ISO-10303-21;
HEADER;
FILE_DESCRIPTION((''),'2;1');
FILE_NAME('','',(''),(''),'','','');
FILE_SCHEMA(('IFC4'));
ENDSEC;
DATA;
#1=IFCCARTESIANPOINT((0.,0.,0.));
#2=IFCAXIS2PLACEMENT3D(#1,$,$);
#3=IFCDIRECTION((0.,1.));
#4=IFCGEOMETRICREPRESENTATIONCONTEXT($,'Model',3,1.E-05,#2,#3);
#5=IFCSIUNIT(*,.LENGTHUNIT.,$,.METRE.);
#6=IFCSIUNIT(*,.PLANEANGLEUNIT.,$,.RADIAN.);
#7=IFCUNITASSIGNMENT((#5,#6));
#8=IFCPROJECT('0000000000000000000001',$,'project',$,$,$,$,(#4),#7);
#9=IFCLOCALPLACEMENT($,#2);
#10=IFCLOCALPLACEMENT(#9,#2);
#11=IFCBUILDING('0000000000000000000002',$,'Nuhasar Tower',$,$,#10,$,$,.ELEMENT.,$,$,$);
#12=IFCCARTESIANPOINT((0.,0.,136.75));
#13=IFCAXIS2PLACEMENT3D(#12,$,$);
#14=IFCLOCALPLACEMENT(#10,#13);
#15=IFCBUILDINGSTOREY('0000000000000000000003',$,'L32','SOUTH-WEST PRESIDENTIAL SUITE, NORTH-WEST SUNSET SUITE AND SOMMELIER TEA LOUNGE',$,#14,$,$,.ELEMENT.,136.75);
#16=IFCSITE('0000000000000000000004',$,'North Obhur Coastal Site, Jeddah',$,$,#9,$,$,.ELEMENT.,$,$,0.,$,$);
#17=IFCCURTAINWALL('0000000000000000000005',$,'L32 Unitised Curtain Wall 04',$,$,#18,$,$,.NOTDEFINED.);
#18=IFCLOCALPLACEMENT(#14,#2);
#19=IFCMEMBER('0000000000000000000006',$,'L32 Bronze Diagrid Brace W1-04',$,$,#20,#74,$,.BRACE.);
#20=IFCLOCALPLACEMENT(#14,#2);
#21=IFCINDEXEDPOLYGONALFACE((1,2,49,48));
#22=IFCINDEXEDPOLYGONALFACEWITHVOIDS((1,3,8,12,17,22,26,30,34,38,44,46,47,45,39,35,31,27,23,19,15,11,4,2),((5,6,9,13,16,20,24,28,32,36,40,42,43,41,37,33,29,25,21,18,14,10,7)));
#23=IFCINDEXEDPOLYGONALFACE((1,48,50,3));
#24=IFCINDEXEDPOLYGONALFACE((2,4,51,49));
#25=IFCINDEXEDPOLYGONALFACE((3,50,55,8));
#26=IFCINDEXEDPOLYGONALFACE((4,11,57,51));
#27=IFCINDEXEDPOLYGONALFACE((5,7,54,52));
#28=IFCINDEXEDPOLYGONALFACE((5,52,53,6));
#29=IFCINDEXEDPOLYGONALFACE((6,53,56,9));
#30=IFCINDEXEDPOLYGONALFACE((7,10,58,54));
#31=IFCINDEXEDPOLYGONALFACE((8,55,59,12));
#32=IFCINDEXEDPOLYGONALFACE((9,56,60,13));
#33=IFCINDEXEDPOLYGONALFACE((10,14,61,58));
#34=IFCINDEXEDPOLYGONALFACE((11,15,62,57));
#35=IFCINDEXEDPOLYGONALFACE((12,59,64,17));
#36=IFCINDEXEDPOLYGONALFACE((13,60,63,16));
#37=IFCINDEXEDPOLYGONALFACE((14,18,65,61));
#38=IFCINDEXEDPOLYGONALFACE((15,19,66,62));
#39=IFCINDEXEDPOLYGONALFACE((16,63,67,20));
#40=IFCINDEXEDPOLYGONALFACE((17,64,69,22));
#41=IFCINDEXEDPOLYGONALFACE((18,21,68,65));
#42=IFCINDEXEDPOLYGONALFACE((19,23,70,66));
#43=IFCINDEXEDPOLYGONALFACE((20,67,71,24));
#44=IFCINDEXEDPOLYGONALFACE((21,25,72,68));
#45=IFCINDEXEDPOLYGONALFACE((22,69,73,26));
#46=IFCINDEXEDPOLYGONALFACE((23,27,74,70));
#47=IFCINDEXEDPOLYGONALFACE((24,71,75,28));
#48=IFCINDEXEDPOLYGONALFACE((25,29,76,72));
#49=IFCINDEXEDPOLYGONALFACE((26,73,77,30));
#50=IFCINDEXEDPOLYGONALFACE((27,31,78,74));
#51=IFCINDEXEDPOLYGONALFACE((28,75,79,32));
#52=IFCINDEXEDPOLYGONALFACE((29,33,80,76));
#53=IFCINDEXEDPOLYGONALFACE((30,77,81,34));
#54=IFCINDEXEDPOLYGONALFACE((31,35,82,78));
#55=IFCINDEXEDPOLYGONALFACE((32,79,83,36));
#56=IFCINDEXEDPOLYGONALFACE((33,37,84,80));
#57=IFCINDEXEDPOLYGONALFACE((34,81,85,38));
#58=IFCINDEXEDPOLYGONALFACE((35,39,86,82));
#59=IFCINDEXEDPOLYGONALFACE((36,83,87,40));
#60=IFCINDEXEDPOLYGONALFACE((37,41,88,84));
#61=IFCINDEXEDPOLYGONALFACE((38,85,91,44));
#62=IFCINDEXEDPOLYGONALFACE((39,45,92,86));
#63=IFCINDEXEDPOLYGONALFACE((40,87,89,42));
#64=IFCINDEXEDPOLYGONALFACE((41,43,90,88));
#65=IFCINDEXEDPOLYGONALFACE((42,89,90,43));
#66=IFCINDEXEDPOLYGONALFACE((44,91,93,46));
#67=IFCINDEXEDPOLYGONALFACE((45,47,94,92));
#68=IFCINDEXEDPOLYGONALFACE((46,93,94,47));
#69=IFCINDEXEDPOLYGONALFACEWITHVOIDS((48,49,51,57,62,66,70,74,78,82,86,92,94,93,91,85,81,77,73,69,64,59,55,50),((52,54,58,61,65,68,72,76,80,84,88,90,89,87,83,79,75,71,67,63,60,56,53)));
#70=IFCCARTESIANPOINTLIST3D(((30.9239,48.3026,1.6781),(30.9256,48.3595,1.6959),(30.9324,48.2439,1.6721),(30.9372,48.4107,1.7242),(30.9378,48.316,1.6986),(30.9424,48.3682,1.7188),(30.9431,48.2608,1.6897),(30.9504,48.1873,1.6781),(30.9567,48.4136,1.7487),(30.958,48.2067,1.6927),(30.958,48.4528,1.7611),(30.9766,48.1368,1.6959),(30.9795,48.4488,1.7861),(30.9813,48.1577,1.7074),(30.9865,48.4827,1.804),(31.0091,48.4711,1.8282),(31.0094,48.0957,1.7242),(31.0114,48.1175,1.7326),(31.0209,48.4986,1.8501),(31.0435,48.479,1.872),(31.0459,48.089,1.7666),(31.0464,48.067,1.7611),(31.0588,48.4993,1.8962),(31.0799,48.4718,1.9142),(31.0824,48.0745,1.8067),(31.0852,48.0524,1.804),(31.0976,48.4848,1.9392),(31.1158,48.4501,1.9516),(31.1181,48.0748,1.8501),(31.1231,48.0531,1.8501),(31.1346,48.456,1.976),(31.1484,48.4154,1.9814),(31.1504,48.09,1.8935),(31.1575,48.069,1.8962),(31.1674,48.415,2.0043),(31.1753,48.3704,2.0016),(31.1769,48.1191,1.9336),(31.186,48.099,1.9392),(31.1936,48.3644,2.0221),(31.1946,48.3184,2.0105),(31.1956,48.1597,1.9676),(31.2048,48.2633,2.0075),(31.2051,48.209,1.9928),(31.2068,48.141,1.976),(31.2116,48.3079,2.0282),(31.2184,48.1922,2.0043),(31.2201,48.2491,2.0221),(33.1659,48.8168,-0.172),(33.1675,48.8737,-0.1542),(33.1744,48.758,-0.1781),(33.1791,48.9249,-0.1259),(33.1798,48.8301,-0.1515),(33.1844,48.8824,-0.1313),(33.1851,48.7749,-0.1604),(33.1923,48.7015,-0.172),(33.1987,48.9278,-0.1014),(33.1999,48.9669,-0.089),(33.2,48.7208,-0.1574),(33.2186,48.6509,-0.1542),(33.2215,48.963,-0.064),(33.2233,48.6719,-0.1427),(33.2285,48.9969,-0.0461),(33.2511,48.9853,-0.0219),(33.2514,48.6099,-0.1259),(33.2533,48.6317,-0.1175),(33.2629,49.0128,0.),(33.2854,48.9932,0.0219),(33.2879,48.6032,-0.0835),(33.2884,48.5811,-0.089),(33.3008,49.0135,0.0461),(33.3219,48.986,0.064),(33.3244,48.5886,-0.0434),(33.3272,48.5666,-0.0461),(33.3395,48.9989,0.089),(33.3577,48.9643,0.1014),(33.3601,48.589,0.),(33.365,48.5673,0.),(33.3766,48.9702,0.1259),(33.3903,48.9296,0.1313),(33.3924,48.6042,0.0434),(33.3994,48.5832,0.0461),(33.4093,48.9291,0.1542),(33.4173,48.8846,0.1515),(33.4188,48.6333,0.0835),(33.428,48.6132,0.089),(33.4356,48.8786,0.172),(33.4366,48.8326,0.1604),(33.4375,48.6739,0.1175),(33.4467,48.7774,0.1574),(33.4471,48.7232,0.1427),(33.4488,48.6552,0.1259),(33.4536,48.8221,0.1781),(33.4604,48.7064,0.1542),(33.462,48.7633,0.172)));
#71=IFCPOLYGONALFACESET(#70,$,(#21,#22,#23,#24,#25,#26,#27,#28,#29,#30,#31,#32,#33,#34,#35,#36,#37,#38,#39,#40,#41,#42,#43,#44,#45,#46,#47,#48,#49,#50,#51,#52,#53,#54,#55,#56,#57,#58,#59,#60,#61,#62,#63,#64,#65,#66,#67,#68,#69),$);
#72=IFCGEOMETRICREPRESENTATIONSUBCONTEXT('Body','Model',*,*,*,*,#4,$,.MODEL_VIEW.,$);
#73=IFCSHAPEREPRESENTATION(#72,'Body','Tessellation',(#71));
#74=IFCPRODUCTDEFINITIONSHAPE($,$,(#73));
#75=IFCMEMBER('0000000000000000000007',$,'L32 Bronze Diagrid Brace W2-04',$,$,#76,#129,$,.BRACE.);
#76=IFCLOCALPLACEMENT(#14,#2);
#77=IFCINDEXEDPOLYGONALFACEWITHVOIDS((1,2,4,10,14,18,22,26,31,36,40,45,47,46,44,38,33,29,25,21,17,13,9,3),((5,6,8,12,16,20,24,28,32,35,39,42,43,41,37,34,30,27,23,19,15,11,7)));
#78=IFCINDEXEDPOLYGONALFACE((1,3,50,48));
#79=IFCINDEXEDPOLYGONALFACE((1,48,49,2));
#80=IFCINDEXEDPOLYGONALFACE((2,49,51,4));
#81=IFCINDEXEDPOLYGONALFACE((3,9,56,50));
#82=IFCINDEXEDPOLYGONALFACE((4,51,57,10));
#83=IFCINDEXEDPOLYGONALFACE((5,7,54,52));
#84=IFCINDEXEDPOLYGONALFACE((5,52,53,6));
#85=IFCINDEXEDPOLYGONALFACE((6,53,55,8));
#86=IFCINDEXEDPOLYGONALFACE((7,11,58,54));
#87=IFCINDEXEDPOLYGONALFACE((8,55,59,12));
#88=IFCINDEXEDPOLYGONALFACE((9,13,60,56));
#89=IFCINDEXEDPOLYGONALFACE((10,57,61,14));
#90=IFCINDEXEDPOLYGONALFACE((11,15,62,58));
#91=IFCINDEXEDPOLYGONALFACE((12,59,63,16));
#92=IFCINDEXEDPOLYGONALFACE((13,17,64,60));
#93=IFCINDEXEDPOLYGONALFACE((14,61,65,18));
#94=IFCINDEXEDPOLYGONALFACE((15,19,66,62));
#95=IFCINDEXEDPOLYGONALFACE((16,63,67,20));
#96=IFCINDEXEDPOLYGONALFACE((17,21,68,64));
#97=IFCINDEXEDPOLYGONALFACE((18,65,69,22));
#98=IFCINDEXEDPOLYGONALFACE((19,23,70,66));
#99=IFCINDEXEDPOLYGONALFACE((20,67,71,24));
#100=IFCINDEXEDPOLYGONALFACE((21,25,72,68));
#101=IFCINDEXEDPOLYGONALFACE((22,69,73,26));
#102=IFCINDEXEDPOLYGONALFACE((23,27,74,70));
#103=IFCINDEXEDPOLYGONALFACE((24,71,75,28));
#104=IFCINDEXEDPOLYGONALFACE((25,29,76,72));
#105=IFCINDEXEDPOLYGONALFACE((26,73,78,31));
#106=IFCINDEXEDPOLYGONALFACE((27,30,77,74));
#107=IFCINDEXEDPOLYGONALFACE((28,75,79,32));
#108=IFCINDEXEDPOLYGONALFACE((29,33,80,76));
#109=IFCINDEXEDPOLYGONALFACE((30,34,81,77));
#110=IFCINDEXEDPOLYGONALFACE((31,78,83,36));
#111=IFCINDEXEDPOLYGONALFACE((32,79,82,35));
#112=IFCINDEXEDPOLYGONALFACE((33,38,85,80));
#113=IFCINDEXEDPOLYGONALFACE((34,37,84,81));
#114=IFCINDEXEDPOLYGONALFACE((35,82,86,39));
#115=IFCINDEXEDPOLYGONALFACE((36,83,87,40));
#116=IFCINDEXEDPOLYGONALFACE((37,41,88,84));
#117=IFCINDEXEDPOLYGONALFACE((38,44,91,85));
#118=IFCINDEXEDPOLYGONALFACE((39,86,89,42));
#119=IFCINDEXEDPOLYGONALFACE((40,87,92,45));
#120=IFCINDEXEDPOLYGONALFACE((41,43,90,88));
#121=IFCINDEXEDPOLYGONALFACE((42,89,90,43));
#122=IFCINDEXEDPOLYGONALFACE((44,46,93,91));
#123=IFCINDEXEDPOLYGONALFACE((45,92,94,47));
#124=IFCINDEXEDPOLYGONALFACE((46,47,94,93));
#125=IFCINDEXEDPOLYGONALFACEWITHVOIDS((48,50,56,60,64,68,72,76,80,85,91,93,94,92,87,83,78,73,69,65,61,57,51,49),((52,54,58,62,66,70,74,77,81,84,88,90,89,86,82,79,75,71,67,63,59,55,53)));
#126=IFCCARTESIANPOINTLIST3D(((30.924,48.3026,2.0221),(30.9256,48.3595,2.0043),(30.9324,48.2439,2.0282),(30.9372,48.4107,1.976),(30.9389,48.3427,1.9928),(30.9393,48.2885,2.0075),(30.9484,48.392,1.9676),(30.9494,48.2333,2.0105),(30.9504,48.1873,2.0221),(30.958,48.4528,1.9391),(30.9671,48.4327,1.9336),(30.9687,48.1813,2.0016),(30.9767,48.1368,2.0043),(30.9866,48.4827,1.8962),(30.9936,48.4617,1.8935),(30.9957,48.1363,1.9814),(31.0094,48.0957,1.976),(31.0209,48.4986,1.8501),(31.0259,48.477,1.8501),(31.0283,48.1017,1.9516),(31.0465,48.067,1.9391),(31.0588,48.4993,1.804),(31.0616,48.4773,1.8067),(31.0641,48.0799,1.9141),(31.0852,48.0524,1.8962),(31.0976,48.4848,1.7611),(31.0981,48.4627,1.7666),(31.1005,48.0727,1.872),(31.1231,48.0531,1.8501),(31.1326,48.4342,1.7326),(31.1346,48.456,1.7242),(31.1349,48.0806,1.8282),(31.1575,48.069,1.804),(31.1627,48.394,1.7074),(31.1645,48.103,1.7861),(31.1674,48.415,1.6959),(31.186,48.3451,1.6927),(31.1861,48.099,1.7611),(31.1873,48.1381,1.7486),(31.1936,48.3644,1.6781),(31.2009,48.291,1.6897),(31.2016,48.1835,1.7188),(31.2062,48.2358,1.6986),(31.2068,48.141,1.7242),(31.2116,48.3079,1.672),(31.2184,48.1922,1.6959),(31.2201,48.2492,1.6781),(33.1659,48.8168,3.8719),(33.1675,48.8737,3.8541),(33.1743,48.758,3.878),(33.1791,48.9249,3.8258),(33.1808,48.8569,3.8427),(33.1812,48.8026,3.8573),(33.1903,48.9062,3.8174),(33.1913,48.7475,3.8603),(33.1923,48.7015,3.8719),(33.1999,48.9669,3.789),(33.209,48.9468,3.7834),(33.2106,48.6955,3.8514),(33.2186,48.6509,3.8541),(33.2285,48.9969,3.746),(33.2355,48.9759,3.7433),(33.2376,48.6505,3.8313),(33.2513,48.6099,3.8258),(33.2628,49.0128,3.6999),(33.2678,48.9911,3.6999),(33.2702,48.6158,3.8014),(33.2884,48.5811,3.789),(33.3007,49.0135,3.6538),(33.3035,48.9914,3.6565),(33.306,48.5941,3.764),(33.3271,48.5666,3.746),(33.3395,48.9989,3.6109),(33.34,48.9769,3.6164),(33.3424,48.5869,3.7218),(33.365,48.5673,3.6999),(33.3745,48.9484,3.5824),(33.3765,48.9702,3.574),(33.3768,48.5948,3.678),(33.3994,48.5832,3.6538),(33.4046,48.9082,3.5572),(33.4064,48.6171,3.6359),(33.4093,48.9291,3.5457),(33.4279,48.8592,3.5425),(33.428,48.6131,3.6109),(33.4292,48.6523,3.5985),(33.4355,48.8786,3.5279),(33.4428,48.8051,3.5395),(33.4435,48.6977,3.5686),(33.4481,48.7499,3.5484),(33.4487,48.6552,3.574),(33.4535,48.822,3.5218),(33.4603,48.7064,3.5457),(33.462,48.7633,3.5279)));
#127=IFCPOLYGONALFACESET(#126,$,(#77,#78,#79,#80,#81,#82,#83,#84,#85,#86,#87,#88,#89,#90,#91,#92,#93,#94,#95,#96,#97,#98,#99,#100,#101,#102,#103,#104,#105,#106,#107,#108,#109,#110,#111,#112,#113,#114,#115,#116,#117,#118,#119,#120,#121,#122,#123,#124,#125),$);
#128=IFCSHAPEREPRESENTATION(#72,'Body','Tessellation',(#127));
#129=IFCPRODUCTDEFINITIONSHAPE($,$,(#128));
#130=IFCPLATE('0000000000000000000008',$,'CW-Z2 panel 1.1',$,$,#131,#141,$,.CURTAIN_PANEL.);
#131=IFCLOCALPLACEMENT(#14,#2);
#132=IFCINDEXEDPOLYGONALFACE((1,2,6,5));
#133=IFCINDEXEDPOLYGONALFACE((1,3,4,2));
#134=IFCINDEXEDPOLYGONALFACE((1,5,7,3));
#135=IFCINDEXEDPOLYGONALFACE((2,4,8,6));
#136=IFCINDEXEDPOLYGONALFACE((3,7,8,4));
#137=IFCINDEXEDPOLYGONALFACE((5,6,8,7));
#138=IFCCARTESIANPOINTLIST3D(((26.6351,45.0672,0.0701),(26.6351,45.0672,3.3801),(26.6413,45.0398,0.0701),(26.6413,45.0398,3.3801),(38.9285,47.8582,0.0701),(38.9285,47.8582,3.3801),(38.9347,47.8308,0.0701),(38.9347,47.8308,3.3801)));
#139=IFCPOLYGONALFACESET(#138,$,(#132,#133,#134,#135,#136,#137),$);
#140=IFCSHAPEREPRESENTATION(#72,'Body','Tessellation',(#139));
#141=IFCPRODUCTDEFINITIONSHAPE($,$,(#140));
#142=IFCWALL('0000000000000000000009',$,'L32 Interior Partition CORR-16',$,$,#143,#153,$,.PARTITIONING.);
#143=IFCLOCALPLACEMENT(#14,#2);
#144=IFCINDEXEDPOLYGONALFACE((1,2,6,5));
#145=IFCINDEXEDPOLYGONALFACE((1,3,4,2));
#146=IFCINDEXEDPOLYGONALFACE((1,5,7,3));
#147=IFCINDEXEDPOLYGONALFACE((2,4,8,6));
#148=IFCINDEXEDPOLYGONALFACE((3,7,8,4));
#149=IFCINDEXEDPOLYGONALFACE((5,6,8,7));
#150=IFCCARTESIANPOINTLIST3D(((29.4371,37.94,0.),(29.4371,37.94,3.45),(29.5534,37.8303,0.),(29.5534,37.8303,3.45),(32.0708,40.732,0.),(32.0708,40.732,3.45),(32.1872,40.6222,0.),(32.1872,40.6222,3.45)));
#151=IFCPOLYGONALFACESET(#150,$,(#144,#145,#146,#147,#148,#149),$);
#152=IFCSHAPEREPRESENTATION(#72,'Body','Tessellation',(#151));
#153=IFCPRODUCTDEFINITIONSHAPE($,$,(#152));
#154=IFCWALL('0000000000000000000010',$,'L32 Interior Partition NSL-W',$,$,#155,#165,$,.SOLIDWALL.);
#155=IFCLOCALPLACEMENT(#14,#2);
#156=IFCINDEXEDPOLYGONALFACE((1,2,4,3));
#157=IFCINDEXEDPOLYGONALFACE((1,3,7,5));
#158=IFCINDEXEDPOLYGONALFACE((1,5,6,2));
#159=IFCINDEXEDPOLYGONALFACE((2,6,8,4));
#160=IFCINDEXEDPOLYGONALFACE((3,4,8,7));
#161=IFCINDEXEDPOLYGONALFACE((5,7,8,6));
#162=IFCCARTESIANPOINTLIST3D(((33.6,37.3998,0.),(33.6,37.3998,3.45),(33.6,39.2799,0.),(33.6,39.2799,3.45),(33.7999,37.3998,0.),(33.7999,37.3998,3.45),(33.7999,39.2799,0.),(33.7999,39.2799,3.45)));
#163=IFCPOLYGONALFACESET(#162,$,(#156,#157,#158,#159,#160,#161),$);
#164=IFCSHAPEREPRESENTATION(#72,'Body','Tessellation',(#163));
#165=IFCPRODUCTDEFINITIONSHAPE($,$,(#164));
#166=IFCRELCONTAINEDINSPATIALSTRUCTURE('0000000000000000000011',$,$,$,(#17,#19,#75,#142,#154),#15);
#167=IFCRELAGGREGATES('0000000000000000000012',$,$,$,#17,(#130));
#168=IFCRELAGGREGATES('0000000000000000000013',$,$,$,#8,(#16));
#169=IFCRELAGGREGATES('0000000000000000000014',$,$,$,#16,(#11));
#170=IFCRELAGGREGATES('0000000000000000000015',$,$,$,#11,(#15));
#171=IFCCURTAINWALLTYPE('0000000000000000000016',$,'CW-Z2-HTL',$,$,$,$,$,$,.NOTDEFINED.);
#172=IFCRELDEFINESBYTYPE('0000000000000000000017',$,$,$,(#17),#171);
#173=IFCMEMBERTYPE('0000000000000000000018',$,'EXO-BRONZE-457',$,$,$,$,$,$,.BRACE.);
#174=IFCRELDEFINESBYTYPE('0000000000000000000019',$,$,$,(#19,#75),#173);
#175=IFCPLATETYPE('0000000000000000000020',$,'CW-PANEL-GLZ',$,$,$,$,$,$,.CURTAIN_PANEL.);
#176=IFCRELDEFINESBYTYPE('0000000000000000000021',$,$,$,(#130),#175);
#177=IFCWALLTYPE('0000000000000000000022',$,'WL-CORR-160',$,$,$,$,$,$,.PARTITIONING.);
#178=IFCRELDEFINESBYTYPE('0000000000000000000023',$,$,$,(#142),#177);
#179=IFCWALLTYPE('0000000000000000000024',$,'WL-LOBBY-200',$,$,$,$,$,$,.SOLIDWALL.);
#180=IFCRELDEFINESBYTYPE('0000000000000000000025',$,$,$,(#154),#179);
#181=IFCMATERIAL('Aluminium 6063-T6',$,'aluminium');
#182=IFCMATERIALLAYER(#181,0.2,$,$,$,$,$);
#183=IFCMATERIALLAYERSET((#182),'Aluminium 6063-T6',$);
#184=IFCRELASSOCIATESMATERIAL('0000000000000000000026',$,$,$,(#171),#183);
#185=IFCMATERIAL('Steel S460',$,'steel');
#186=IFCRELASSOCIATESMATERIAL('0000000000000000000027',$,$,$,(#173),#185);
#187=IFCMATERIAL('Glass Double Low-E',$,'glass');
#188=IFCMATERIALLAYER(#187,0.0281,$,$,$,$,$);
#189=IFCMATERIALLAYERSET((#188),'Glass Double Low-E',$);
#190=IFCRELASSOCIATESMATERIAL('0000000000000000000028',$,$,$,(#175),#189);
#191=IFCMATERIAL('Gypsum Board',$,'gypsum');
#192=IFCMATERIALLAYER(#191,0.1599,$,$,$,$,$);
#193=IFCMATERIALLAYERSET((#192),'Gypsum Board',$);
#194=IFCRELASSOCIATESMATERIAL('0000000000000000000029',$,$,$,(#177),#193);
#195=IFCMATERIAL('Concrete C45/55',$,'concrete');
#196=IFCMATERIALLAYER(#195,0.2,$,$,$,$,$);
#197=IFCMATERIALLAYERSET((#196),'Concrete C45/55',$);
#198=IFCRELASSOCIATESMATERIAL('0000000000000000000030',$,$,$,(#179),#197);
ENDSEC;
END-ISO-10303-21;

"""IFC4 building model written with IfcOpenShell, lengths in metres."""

from ifc_helpers import new_model, si_unit, direction, frame, frame_2d, origin, origin_2d, place, context, subcontext, project, spatial, rectangle, hollow_circle, extrude, material, layer, layer_set, material_profile, profile_set, type_object, element, aggregate, save


model = new_model("IFC4")

# Units and contexts
model_context = context("Model", 3, precision=1e-05, world=origin(), true_north=direction((0.0, 1.0)))
body_context = subcontext(model_context, "Body", "Model", "MODEL_VIEW")
ifc_project = project(units=[si_unit("LENGTHUNIT", "METRE"), si_unit("PLANEANGLEUNIT", "RADIAN")], contexts=[model_context])

# Site, building, storey
site_placement = place(None, origin())
site = spatial("IfcSite", under=ifc_project, at=site_placement, Name="North Obhur Coastal Site, Jeddah", CompositionType="ELEMENT", RefElevation=0.0)
building_placement = place(site_placement, origin())
building = spatial("IfcBuilding", under=site, at=building_placement, Name="Nuhasar Tower", CompositionType="ELEMENT")
storey_placement = place(building_placement, frame((0.0, 0.0, 136.75)))
storey = spatial("IfcBuildingStorey", under=building, at=storey_placement, Name="L32", Description="SOUTH-WEST PRESIDENTIAL SUITE, NORTH-WEST SUNSET SUITE AND SOMMELIER TEA LOUNGE", CompositionType="ELEMENT", Elevation=136.75)

# Curtain wall
ifc_material_1 = material(Name="Aluminium 6063-T6", Category="aluminium")
ifc_layer_1 = layer(ifc_material_1, 0.2)
ifc_layer_set_1 = layer_set([ifc_layer_1], Name="Aluminium 6063-T6")
curtain_wall_type = type_object("IfcCurtainWallType", Name="CW-Z2-HTL", PredefinedType="NOTDEFINED", material=ifc_layer_set_1)
curtain_wall_placement = place(storey_placement, origin())
curtain_wall = element("IfcCurtainWall", 1, at=curtain_wall_placement, inside=storey, type_object=curtain_wall_type, Name="L32 Unitised Curtain Wall 04", PredefinedType="NOTDEFINED")

# Members
ifc_material_2 = material(Name="Steel S460", Category="steel")
ifc_material_profile_1 = material_profile(ifc_material_2, hollow_circle(Radius=0.2285, WallThickness=0.0222, at=origin_2d()), Name="HSS457X22.2")
ifc_profile_set_1 = profile_set([ifc_material_profile_1], Name="Steel S460")
member_type_1 = type_object("IfcMemberType", Name="EXO-BRONZE-457", PredefinedType="BRACE", material=ifc_profile_set_1)
member_1_placement = place(storey_placement, frame((33.314, 48.79, 0.0), z_axis=(-0.7595, -0.174181, 0.626755), x_axis=(0.223534, -0.974696, 0.0)))
element("IfcMember", 2, at=member_1_placement, inside=storey, type_object=member_type_1, Name="L32 Bronze Diagrid Brace W1-04", PredefinedType="BRACE", context=body_context, shape_type="SweptSolid", body=[
    extrude(hollow_circle(Radius=0.2285, WallThickness=0.0222, at=origin_2d()), origin(), (0.0, 0.0, 1.0), 2.9519),
])
member_2_placement = place(storey_placement, frame((31.072, 48.2759, 1.8501), z_axis=(0.759539, 0.17419, 0.626704), x_axis=(-0.223534, 0.974696, 0.0)))
element("IfcMember", 3, at=member_2_placement, inside=storey, type_object=member_type_1, Name="L32 Bronze Diagrid Brace W2-04", PredefinedType="BRACE", context=body_context, shape_type="SweptSolid", body=[
    extrude(hollow_circle(Radius=0.2285, WallThickness=0.0222, at=origin_2d()), origin(), (0.0, 0.0, 1.0), 2.9517),
])

# Plate
ifc_material_3 = material(Name="Glass Double Low-E", Category="glass")
ifc_layer_2 = layer(ifc_material_3, 0.0281)
ifc_layer_set_2 = layer_set([ifc_layer_2], Name="Glass Double Low-E")
plate_type = type_object("IfcPlateType", Name="CW-PANEL-GLZ", PredefinedType="CURTAIN_PANEL", material=ifc_layer_set_2)
plate_placement = place(storey_placement, frame((32.7849, 46.449, 0.0701), z_axis=(0.0, 0.0, 1.0), x_axis=(-0.975184, -0.221397, 0.0)))
plate = element("IfcPlate", 4, at=plate_placement, type_object=plate_type, Name="CW-Z2 panel 1.1", PredefinedType="CURTAIN_PANEL", context=body_context, shape_type="SweptSolid", body=[
    extrude(rectangle(XDim=12.6062, YDim=0.0281, at=origin_2d()), origin(), (0.0, 0.0, 1.0), 3.3101),
])
aggregate(curtain_wall, [plate])

# Shared definitions
ifc_material_4 = material(Name="Gypsum Board", Category="gypsum")
ifc_layer_3 = layer(ifc_material_4, 0.1599)
ifc_layer_set_3 = layer_set([ifc_layer_3], Name="Gypsum Board")
wall_type_1 = type_object("IfcWallType", Name="WL-CORR-160", PredefinedType="PARTITIONING", material=ifc_layer_set_3)

# Walls
wall_1_placement = place(storey_placement, frame((32.1289, 40.677, 0.0), z_axis=(0.0, 0.0, 1.0), x_axis=(-0.686198, -0.727415, 0.0)))
element("IfcWall", 5, at=wall_1_placement, inside=storey, type_object=wall_type_1, Name="L32 Interior Partition CORR-16", PredefinedType="PARTITIONING", context=body_context, shape_type="SweptSolid", body=[
    extrude(rectangle(XDim=3.8381, YDim=0.1599, at=frame_2d((1.9189, 0.0))), origin(), (0.0, 0.0, 1.0), 3.45),
])
ifc_material_5 = material(Name="Concrete C45/55", Category="concrete")
ifc_layer_4 = layer(ifc_material_5, 0.2)
ifc_layer_set_4 = layer_set([ifc_layer_4], Name="Concrete C45/55")
wall_type_2 = type_object("IfcWallType", Name="WL-LOBBY-200", PredefinedType="SOLIDWALL", material=ifc_layer_set_4)
wall_2_placement = place(storey_placement, frame((33.7, 37.3999, 0.0), z_axis=(0.0, 0.0, 1.0), x_axis=(0.0, 1.0, 0.0)))
element("IfcWall", 6, at=wall_2_placement, inside=storey, type_object=wall_type_2, Name="L32 Interior Partition NSL-W", PredefinedType="SOLIDWALL", context=body_context, shape_type="SweptSolid", body=[
    extrude(rectangle(XDim=1.8801, YDim=0.2, at=frame_2d((0.9399, 0.0))), origin(), (0.0, 0.0, 1.0), 3.45),
])

save(model, "model.ifc")
